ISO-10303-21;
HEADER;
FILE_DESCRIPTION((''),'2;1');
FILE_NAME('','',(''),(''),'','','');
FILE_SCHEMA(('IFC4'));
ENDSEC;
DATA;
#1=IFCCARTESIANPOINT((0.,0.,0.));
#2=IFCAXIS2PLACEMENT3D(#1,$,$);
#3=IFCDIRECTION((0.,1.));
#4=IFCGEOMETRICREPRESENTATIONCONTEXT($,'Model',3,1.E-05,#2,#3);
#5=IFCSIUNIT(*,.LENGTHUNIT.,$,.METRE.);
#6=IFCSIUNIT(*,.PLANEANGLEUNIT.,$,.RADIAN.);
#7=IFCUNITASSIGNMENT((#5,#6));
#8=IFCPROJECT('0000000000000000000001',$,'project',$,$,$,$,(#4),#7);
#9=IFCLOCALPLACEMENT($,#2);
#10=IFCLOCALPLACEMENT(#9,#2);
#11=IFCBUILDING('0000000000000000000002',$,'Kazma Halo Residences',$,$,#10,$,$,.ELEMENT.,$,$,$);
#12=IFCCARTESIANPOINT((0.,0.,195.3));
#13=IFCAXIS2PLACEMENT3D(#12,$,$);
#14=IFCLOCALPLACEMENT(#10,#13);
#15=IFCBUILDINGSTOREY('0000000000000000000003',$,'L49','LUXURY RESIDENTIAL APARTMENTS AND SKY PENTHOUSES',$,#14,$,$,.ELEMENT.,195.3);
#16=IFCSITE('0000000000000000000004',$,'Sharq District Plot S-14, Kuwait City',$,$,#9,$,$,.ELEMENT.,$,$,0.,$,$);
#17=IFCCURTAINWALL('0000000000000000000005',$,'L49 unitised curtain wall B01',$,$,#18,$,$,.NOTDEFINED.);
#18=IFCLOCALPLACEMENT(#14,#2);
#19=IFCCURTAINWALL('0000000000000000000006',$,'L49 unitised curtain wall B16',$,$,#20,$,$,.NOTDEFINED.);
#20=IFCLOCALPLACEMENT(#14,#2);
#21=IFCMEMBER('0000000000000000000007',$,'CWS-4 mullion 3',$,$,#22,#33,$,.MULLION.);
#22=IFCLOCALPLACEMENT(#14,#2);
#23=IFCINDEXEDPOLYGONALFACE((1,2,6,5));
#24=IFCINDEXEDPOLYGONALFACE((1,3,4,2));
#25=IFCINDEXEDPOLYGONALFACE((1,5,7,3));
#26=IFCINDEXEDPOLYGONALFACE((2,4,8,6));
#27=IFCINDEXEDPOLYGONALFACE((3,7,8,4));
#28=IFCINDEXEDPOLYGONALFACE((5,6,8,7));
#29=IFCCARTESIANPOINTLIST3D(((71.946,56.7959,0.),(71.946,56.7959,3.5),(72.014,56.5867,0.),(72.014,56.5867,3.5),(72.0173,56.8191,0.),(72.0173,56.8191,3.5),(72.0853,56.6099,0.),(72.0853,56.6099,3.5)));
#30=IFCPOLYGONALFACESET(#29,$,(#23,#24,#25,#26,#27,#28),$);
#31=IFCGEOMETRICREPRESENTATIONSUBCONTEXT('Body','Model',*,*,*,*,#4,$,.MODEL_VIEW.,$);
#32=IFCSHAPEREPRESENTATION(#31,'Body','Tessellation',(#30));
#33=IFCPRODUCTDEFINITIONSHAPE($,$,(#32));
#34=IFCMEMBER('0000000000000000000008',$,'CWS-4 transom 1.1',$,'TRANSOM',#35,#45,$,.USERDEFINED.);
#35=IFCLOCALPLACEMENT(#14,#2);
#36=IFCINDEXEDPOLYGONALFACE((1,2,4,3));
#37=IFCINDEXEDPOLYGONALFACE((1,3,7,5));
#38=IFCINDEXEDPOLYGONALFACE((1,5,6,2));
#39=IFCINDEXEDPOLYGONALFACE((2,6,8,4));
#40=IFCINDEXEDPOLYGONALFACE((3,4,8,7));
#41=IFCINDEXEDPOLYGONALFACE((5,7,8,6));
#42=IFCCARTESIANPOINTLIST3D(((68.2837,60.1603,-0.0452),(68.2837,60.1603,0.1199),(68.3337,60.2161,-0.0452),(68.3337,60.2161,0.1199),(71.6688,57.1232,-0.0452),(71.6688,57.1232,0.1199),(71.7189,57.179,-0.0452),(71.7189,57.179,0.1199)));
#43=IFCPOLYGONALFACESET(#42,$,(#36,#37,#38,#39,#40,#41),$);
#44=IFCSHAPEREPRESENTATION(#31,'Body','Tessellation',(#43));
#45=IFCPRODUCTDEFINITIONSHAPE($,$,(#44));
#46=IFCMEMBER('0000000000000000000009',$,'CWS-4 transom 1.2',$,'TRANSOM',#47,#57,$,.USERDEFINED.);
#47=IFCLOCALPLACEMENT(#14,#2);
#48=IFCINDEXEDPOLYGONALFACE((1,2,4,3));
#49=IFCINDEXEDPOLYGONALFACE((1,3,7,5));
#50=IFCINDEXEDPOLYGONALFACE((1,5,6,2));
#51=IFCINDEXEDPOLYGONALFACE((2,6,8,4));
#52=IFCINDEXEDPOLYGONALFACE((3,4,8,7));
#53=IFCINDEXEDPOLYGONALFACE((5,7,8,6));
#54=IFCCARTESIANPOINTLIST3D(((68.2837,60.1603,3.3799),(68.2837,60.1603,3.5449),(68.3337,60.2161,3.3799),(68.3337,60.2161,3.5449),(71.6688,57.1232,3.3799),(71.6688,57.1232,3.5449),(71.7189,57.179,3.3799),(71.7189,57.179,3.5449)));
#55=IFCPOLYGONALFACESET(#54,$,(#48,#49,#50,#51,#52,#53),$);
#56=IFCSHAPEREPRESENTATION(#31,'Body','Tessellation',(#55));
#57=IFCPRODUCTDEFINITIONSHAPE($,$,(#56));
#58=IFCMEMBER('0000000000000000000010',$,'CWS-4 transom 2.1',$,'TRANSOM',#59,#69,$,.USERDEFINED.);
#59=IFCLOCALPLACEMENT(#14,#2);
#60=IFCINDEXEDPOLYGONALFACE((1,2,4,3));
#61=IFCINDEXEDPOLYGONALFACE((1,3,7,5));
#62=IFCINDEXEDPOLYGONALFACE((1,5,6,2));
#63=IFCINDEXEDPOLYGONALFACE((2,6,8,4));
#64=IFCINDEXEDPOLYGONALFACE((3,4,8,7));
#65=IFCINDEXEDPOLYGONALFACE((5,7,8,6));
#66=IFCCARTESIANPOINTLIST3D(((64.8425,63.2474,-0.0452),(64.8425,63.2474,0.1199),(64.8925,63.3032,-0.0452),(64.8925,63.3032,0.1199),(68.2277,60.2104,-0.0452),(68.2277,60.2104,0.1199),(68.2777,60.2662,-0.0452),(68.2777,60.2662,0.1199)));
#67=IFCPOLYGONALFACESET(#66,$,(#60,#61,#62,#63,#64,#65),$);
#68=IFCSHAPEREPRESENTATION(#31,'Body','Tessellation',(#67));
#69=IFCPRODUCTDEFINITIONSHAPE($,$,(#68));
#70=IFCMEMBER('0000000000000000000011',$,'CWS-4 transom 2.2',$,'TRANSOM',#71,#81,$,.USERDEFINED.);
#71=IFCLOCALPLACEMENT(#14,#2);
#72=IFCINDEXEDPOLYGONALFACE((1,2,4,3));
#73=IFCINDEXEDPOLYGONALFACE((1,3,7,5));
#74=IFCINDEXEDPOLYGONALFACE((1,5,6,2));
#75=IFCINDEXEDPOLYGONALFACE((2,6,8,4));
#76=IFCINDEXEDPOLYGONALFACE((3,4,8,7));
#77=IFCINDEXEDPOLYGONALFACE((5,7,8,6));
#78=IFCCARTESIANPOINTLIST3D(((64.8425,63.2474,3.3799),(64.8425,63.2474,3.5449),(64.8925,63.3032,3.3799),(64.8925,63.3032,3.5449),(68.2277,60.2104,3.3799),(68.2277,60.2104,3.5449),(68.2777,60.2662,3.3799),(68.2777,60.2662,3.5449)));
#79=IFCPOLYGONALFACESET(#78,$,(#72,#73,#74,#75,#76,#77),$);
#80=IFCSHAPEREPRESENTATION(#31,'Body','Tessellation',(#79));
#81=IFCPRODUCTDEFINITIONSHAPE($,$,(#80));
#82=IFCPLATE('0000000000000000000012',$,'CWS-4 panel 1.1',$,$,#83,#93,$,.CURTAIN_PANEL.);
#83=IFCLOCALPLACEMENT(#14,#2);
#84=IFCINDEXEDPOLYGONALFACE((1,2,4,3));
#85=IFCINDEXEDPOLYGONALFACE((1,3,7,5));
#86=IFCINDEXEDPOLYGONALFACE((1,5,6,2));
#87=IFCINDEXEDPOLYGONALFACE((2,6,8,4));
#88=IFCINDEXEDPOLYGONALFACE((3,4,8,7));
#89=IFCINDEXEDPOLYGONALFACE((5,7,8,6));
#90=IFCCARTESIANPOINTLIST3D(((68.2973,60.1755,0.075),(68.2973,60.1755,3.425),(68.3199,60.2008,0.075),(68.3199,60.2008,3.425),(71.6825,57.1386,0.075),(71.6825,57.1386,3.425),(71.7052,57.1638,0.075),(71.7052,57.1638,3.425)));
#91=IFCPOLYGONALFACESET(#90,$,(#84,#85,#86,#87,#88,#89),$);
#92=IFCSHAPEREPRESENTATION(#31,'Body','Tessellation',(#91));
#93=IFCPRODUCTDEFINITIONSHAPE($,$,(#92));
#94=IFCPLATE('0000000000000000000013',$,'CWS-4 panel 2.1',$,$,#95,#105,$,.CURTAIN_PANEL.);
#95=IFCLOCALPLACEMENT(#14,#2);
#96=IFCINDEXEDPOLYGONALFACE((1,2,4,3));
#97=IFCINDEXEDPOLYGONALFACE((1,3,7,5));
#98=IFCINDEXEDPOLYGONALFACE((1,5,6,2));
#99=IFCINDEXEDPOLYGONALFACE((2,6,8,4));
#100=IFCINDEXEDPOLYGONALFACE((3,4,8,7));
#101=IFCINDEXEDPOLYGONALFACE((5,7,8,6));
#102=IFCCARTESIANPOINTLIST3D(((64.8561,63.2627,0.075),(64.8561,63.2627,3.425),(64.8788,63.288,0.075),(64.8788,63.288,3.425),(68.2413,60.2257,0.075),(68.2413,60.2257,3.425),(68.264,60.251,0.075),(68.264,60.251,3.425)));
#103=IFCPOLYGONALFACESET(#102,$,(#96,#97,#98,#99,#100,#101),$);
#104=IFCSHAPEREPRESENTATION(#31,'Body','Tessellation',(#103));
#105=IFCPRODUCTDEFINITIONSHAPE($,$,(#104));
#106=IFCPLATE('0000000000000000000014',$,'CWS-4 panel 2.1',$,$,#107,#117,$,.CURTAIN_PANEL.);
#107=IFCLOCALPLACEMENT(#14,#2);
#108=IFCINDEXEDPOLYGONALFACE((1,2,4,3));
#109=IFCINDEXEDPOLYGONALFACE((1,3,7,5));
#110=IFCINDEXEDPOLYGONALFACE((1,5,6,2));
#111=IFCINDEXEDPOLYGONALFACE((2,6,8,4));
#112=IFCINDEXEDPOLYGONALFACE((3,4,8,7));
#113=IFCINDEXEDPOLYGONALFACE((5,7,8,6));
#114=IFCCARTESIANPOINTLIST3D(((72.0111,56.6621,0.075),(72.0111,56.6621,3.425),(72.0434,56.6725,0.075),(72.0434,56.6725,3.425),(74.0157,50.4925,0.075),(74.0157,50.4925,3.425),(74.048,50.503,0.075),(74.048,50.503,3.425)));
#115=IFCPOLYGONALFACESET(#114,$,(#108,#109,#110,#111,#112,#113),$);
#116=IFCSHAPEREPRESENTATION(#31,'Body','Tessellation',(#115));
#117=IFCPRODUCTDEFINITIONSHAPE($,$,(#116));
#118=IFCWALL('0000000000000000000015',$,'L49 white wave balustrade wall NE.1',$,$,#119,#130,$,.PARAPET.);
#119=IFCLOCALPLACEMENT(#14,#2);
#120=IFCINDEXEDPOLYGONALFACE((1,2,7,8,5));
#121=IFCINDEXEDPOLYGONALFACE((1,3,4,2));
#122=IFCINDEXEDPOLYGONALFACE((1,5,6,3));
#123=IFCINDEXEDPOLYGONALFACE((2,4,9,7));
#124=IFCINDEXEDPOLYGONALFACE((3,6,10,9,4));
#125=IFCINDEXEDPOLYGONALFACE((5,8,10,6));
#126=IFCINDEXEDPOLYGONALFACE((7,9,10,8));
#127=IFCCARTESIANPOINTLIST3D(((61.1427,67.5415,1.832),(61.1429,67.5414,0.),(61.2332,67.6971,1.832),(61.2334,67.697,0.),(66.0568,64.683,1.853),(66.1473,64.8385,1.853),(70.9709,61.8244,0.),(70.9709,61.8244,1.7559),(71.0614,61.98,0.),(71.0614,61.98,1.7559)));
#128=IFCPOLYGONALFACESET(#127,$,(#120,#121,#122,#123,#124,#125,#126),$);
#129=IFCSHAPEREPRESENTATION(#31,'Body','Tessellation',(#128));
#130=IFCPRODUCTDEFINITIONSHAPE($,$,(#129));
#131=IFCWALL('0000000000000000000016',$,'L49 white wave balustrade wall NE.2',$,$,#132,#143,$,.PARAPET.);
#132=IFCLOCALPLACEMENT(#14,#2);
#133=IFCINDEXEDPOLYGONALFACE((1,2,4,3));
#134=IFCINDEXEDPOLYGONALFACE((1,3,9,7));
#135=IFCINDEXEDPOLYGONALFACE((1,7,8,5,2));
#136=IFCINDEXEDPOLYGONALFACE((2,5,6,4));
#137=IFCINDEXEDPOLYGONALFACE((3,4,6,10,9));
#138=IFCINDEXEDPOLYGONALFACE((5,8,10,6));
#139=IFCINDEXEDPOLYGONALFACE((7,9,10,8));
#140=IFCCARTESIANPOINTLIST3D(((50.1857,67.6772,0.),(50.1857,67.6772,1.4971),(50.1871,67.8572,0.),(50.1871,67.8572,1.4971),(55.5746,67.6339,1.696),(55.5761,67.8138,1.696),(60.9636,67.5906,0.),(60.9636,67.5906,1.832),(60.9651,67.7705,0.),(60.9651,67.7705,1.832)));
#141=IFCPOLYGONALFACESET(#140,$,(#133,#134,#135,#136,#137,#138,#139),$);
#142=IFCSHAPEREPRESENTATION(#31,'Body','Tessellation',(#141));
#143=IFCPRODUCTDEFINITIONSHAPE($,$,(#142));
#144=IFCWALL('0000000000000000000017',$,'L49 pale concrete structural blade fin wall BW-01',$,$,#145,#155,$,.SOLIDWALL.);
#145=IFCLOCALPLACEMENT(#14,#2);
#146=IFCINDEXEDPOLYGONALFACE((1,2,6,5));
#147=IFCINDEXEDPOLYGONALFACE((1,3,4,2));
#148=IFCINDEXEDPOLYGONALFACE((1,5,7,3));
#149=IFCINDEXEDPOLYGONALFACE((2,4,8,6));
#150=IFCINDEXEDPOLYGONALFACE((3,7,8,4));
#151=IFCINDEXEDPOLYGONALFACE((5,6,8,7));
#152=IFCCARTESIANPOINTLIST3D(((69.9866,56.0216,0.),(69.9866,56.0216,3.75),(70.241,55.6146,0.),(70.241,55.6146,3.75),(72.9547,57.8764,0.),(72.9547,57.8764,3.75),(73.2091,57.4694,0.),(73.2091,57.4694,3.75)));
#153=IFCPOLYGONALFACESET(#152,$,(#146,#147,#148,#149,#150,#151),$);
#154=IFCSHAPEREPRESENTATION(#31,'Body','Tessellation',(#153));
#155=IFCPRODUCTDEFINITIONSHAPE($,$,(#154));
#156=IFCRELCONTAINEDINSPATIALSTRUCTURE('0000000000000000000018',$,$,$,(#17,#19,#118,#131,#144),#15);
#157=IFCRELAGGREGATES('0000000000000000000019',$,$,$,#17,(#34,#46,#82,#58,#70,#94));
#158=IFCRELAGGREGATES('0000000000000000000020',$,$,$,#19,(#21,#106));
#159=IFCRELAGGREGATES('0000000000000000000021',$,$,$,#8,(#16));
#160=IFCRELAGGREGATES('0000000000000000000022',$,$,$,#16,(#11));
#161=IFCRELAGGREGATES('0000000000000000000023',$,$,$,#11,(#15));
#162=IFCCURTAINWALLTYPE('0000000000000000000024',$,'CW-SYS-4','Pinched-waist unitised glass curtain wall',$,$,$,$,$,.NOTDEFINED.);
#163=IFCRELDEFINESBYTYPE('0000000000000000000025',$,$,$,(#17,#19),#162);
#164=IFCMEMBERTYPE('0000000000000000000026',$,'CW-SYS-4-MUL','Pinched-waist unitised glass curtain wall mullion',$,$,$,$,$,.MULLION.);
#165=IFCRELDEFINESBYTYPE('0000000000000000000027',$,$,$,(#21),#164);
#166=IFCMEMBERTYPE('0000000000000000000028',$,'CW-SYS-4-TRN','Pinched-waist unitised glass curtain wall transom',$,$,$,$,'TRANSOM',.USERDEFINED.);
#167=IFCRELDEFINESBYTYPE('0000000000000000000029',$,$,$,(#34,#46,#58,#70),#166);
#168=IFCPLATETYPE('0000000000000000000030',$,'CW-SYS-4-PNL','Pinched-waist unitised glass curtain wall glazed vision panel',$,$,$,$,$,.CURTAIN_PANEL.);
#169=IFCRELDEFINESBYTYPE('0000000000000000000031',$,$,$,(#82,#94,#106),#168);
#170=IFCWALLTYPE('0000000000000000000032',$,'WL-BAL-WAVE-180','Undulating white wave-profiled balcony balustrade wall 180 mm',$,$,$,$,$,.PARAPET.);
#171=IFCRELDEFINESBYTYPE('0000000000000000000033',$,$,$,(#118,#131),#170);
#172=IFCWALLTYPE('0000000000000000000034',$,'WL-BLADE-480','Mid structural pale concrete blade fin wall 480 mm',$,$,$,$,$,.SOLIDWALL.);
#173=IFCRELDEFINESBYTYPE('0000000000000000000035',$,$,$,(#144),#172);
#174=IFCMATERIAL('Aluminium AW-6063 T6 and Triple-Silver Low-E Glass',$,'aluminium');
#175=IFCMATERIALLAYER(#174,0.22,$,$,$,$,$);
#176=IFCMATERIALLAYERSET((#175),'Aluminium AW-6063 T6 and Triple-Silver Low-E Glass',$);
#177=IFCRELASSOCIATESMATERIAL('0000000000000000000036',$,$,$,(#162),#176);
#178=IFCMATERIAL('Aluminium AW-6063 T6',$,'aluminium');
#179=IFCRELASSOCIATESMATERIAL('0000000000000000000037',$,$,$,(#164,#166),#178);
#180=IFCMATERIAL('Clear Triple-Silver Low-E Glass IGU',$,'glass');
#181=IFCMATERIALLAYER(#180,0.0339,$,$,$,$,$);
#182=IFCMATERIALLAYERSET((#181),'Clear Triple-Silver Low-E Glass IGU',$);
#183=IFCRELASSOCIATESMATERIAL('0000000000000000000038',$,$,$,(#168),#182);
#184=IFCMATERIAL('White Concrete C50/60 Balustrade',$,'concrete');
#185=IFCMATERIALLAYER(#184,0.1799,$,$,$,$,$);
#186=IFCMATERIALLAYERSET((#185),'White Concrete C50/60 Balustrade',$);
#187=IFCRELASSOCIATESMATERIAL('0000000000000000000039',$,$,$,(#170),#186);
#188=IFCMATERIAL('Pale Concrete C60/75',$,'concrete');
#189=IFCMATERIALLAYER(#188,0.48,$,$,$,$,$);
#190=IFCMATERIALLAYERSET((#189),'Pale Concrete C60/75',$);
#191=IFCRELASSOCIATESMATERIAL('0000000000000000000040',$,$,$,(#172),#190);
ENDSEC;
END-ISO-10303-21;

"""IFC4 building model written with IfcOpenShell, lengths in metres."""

from ifc_helpers import new_model, si_unit, direction, frame, frame_2d, origin, origin_2d, place, context, subcontext, project, spatial, polyline, rectangle, outline, extrude, material, layer, layer_set, material_profile, profile_set, type_object, element, aggregate, save


model = new_model("IFC4")

# Units and contexts
model_context = context("Model", 3, precision=1e-05, world=origin(), true_north=direction((0.0, 1.0)))
body_context = subcontext(model_context, "Body", "Model", "MODEL_VIEW")
ifc_project = project(units=[si_unit("LENGTHUNIT", "METRE"), si_unit("PLANEANGLEUNIT", "RADIAN")], contexts=[model_context])

# Site, building, storey
site_placement = place(None, origin())
site = spatial("IfcSite", under=ifc_project, at=site_placement, Name="Sharq District Plot S-14, Kuwait City", CompositionType="ELEMENT", RefElevation=0.0)
building_placement = place(site_placement, origin())
building = spatial("IfcBuilding", under=site, at=building_placement, Name="Kazma Halo Residences", CompositionType="ELEMENT")
storey_placement = place(building_placement, frame((0.0, 0.0, 195.3)))
storey = spatial("IfcBuildingStorey", under=building, at=storey_placement, Name="L49", Description="LUXURY RESIDENTIAL APARTMENTS AND SKY PENTHOUSES", CompositionType="ELEMENT", Elevation=195.3)

# Curtain wall
ifc_material_1 = material(Name="Aluminium AW-6063 T6 and Triple-Silver Low-E Glass", Category="aluminium")
ifc_layer_1 = layer(ifc_material_1, 0.22)
ifc_layer_set_1 = layer_set([ifc_layer_1], Name="Aluminium AW-6063 T6 and Triple-Silver Low-E Glass")
curtain_wall_type = type_object("IfcCurtainWallType", Name="CW-SYS-4", Description="Pinched-waist unitised glass curtain wall", PredefinedType="NOTDEFINED", material=ifc_layer_set_1)
curtain_wall_1_placement = place(storey_placement, origin())
curtain_wall_1 = element("IfcCurtainWall", 1, at=curtain_wall_1_placement, inside=storey, type_object=curtain_wall_type, Name="L49 unitised curtain wall B01", PredefinedType="NOTDEFINED")
ifc_material_2 = material(Name="Aluminium AW-6063 T6", Category="aluminium")
ifc_material_profile_1 = material_profile(ifc_material_2, rectangle(XDim=0.075, YDim=0.22, at=origin_2d()), Name="CWM-75x220")
ifc_profile_set_1 = profile_set([ifc_material_profile_1], Name="Aluminium AW-6063 T6")
member_type_1 = type_object("IfcMemberType", Name="CW-SYS-4-MUL", Description="Pinched-waist unitised glass curtain wall mullion", PredefinedType="MULLION", material=ifc_profile_set_1)

# Curtain wall, member
curtain_wall_2_placement = place(storey_placement, origin())
curtain_wall_2 = element("IfcCurtainWall", 2, at=curtain_wall_2_placement, inside=storey, type_object=curtain_wall_type, Name="L49 unitised curtain wall B16", PredefinedType="NOTDEFINED")
member_1_placement = place(storey_placement, frame((72.0156, 56.7029, 0.0), z_axis=(0.0, 0.0, 1.0), x_axis=(-0.951057, -0.309016, 0.0)))
member_1 = element("IfcMember", 3, at=member_1_placement, type_object=member_type_1, Name="CWS-4 mullion 3", PredefinedType="MULLION", context=body_context, shape_type="SweptSolid", body=[
    extrude(rectangle(XDim=0.075, YDim=0.22, at=origin_2d()), origin(), (0.0, 0.0, 1.0), 3.5),
])

# Members
ifc_material_profile_2 = material_profile(ifc_material_2, rectangle(XDim=0.075, YDim=0.165, at=origin_2d()), Name="CWT-75x165")
ifc_profile_set_2 = profile_set([ifc_material_profile_2], Name="Aluminium AW-6063 T6")
member_type_2 = type_object("IfcMemberType", Name="CW-SYS-4-TRN", Description="Pinched-waist unitised glass curtain wall transom", ElementType="TRANSOM", PredefinedType="USERDEFINED", material=ifc_profile_set_2)
member_2_placement = place(storey_placement, frame((71.6938, 57.1511, 0.0374), z_axis=(-0.744345, 0.667795, 0.0), x_axis=(-0.667795, -0.744345, 0.0)))
member_2 = element("IfcMember", 4, at=member_2_placement, type_object=member_type_2, Name="CWS-4 transom 1.1", ObjectType="TRANSOM", PredefinedType="USERDEFINED", context=body_context, shape_type="SweptSolid", body=[
    extrude(rectangle(XDim=0.075, YDim=0.165, at=origin_2d()), origin(), (0.0, 0.0, 1.0), 4.5479),
])
member_3_placement = place(storey_placement, frame((71.6938, 57.1511, 3.4624), z_axis=(-0.744345, 0.667795, 0.0), x_axis=(-0.667795, -0.744345, 0.0)))
member_3 = element("IfcMember", 5, at=member_3_placement, type_object=member_type_2, Name="CWS-4 transom 1.2", ObjectType="TRANSOM", PredefinedType="USERDEFINED", context=body_context, shape_type="SweptSolid", body=[
    extrude(rectangle(XDim=0.075, YDim=0.165, at=origin_2d()), origin(), (0.0, 0.0, 1.0), 4.5479),
])
member_4_placement = place(storey_placement, frame((68.2527, 60.2383, 0.0374), z_axis=(-0.744345, 0.667795, 0.0), x_axis=(-0.667795, -0.744345, 0.0)))
member_4 = element("IfcMember", 6, at=member_4_placement, type_object=member_type_2, Name="CWS-4 transom 2.1", ObjectType="TRANSOM", PredefinedType="USERDEFINED", context=body_context, shape_type="SweptSolid", body=[
    extrude(rectangle(XDim=0.075, YDim=0.165, at=origin_2d()), origin(), (0.0, 0.0, 1.0), 4.5479),
])
member_5_placement = place(storey_placement, frame((68.2527, 60.2383, 3.4624), z_axis=(-0.744345, 0.667795, 0.0), x_axis=(-0.667795, -0.744345, 0.0)))
member_5 = element("IfcMember", 7, at=member_5_placement, type_object=member_type_2, Name="CWS-4 transom 2.2", ObjectType="TRANSOM", PredefinedType="USERDEFINED", context=body_context, shape_type="SweptSolid", body=[
    extrude(rectangle(XDim=0.075, YDim=0.165, at=origin_2d()), origin(), (0.0, 0.0, 1.0), 4.5479),
])

# Plates
ifc_material_3 = material(Name="Clear Triple-Silver Low-E Glass IGU", Category="glass")
ifc_layer_2 = layer(ifc_material_3, 0.0339)
ifc_layer_set_2 = layer_set([ifc_layer_2], Name="Clear Triple-Silver Low-E Glass IGU")
plate_type = type_object("IfcPlateType", Name="CW-SYS-4-PNL", Description="Pinched-waist unitised glass curtain wall glazed vision panel", PredefinedType="CURTAIN_PANEL", material=ifc_layer_set_2)
plate_1_placement = place(storey_placement, frame((70.0012, 58.6697, 0.075), z_axis=(0.0, 0.0, 1.0), x_axis=(-0.744355, 0.667784, 0.0)))
plate_1 = element("IfcPlate", 8, at=plate_1_placement, type_object=plate_type, Name="CWS-4 panel 1.1", PredefinedType="CURTAIN_PANEL", context=body_context, shape_type="SweptSolid", body=[
    extrude(rectangle(XDim=4.5479, YDim=0.0339, at=origin_2d()), origin(), (0.0, 0.0, 1.0), 3.3501),
])
plate_2_placement = place(storey_placement, frame((66.5601, 61.7568, 0.075), z_axis=(0.0, 0.0, 1.0), x_axis=(-0.744355, 0.667784, 0.0)))
plate_2 = element("IfcPlate", 9, at=plate_2_placement, type_object=plate_type, Name="CWS-4 panel 2.1", PredefinedType="CURTAIN_PANEL", context=body_context, shape_type="SweptSolid", body=[
    extrude(rectangle(XDim=4.5479, YDim=0.0339, at=origin_2d()), origin(), (0.0, 0.0, 1.0), 3.3501),
])
aggregate(curtain_wall_1, [member_2, member_3, plate_1, member_4, member_5, plate_2])
plate_3_placement = place(storey_placement, frame((73.0295, 53.5825, 0.075), z_axis=(0.0, 0.0, 1.0), x_axis=(-0.309016, 0.951057, 0.0)))
plate_3 = element("IfcPlate", 10, at=plate_3_placement, type_object=plate_type, Name="CWS-4 panel 2.1", PredefinedType="CURTAIN_PANEL", context=body_context, shape_type="SweptSolid", body=[
    extrude(rectangle(XDim=6.4871, YDim=0.0339, at=origin_2d()), origin(), (0.0, 0.0, 1.0), 3.3501),
])
aggregate(curtain_wall_2, [member_1, plate_3])

# Walls
ifc_material_4 = material(Name="White Concrete C50/60 Balustrade", Category="concrete")
ifc_layer_3 = layer(ifc_material_4, 0.1799)
ifc_layer_set_3 = layer_set([ifc_layer_3], Name="White Concrete C50/60 Balustrade")
wall_type_1 = type_object("IfcWallType", Name="WL-BAL-WAVE-180", Description="Undulating white wave-profiled balcony balustrade wall 180 mm", PredefinedType="PARAPET", material=ifc_layer_set_3)
wall_1_placement = place(storey_placement, frame((71.0161, 61.9021, 0.0), z_axis=(0.0, 0.0, 1.0), x_axis=(-0.864392, 0.502819, 0.0)))
element("IfcWall", 11, at=wall_1_placement, inside=storey, type_object=wall_type_1, Name="L49 white wave balustrade wall NE.1", PredefinedType="PARAPET", context=body_context, shape_type="SweptSolid", body=[
    extrude(outline(polyline([(0.0, 0.0), (11.3699, 0.0), (11.3701, 1.832), (5.6851, 1.853), (0.0, 1.7559), (0.0, 0.0)])), frame((0.0, 0.0898, 0.0), z_axis=(0.0, -1.0, 0.0), x_axis=(1.0, 0.0, 0.0)), (0.0, 0.0, 1.0), 0.1799),
])
wall_2_placement = place(storey_placement, frame((60.9644, 67.6804, 0.0), z_axis=(0.0, 0.0, 1.0), x_axis=(-0.999968, 0.008041, 0.0)))
element("IfcWall", 12, at=wall_2_placement, inside=storey, type_object=wall_type_1, Name="L49 white wave balustrade wall NE.2", PredefinedType="PARAPET", context=body_context, shape_type="SweptSolid", body=[
    extrude(outline(polyline([(0.0, 0.0), (10.7783, 0.0), (10.7783, 1.4971), (5.3892, 1.696), (0.0, 1.832), (0.0, 0.0)])), frame((0.0, 0.0898, 0.0), z_axis=(0.0, -1.0, 0.0), x_axis=(1.0, 0.0, 0.0)), (0.0, 0.0, 1.0), 0.1799),
])
ifc_material_5 = material(Name="Pale Concrete C60/75", Category="concrete")
ifc_layer_4 = layer(ifc_material_5, 0.48)
ifc_layer_set_4 = layer_set([ifc_layer_4], Name="Pale Concrete C60/75")
wall_type_2 = type_object("IfcWallType", Name="WL-BLADE-480", Description="Mid structural pale concrete blade fin wall 480 mm", PredefinedType="SOLIDWALL", material=ifc_layer_set_4)
wall_3_placement = place(storey_placement, frame((70.1138, 55.8181, 0.0), z_axis=(0.0, 0.0, 1.0), x_axis=(0.848034, 0.529943, 0.0)))
element("IfcWall", 13, at=wall_3_placement, inside=storey, type_object=wall_type_2, Name="L49 pale concrete structural blade fin wall BW-01", PredefinedType="SOLIDWALL", context=body_context, shape_type="SweptSolid", body=[
    extrude(rectangle(XDim=3.5, YDim=0.48, at=frame_2d((1.75, 0.0))), origin(), (0.0, 0.0, 1.0), 3.75),
])

save(model, "model.ifc")
